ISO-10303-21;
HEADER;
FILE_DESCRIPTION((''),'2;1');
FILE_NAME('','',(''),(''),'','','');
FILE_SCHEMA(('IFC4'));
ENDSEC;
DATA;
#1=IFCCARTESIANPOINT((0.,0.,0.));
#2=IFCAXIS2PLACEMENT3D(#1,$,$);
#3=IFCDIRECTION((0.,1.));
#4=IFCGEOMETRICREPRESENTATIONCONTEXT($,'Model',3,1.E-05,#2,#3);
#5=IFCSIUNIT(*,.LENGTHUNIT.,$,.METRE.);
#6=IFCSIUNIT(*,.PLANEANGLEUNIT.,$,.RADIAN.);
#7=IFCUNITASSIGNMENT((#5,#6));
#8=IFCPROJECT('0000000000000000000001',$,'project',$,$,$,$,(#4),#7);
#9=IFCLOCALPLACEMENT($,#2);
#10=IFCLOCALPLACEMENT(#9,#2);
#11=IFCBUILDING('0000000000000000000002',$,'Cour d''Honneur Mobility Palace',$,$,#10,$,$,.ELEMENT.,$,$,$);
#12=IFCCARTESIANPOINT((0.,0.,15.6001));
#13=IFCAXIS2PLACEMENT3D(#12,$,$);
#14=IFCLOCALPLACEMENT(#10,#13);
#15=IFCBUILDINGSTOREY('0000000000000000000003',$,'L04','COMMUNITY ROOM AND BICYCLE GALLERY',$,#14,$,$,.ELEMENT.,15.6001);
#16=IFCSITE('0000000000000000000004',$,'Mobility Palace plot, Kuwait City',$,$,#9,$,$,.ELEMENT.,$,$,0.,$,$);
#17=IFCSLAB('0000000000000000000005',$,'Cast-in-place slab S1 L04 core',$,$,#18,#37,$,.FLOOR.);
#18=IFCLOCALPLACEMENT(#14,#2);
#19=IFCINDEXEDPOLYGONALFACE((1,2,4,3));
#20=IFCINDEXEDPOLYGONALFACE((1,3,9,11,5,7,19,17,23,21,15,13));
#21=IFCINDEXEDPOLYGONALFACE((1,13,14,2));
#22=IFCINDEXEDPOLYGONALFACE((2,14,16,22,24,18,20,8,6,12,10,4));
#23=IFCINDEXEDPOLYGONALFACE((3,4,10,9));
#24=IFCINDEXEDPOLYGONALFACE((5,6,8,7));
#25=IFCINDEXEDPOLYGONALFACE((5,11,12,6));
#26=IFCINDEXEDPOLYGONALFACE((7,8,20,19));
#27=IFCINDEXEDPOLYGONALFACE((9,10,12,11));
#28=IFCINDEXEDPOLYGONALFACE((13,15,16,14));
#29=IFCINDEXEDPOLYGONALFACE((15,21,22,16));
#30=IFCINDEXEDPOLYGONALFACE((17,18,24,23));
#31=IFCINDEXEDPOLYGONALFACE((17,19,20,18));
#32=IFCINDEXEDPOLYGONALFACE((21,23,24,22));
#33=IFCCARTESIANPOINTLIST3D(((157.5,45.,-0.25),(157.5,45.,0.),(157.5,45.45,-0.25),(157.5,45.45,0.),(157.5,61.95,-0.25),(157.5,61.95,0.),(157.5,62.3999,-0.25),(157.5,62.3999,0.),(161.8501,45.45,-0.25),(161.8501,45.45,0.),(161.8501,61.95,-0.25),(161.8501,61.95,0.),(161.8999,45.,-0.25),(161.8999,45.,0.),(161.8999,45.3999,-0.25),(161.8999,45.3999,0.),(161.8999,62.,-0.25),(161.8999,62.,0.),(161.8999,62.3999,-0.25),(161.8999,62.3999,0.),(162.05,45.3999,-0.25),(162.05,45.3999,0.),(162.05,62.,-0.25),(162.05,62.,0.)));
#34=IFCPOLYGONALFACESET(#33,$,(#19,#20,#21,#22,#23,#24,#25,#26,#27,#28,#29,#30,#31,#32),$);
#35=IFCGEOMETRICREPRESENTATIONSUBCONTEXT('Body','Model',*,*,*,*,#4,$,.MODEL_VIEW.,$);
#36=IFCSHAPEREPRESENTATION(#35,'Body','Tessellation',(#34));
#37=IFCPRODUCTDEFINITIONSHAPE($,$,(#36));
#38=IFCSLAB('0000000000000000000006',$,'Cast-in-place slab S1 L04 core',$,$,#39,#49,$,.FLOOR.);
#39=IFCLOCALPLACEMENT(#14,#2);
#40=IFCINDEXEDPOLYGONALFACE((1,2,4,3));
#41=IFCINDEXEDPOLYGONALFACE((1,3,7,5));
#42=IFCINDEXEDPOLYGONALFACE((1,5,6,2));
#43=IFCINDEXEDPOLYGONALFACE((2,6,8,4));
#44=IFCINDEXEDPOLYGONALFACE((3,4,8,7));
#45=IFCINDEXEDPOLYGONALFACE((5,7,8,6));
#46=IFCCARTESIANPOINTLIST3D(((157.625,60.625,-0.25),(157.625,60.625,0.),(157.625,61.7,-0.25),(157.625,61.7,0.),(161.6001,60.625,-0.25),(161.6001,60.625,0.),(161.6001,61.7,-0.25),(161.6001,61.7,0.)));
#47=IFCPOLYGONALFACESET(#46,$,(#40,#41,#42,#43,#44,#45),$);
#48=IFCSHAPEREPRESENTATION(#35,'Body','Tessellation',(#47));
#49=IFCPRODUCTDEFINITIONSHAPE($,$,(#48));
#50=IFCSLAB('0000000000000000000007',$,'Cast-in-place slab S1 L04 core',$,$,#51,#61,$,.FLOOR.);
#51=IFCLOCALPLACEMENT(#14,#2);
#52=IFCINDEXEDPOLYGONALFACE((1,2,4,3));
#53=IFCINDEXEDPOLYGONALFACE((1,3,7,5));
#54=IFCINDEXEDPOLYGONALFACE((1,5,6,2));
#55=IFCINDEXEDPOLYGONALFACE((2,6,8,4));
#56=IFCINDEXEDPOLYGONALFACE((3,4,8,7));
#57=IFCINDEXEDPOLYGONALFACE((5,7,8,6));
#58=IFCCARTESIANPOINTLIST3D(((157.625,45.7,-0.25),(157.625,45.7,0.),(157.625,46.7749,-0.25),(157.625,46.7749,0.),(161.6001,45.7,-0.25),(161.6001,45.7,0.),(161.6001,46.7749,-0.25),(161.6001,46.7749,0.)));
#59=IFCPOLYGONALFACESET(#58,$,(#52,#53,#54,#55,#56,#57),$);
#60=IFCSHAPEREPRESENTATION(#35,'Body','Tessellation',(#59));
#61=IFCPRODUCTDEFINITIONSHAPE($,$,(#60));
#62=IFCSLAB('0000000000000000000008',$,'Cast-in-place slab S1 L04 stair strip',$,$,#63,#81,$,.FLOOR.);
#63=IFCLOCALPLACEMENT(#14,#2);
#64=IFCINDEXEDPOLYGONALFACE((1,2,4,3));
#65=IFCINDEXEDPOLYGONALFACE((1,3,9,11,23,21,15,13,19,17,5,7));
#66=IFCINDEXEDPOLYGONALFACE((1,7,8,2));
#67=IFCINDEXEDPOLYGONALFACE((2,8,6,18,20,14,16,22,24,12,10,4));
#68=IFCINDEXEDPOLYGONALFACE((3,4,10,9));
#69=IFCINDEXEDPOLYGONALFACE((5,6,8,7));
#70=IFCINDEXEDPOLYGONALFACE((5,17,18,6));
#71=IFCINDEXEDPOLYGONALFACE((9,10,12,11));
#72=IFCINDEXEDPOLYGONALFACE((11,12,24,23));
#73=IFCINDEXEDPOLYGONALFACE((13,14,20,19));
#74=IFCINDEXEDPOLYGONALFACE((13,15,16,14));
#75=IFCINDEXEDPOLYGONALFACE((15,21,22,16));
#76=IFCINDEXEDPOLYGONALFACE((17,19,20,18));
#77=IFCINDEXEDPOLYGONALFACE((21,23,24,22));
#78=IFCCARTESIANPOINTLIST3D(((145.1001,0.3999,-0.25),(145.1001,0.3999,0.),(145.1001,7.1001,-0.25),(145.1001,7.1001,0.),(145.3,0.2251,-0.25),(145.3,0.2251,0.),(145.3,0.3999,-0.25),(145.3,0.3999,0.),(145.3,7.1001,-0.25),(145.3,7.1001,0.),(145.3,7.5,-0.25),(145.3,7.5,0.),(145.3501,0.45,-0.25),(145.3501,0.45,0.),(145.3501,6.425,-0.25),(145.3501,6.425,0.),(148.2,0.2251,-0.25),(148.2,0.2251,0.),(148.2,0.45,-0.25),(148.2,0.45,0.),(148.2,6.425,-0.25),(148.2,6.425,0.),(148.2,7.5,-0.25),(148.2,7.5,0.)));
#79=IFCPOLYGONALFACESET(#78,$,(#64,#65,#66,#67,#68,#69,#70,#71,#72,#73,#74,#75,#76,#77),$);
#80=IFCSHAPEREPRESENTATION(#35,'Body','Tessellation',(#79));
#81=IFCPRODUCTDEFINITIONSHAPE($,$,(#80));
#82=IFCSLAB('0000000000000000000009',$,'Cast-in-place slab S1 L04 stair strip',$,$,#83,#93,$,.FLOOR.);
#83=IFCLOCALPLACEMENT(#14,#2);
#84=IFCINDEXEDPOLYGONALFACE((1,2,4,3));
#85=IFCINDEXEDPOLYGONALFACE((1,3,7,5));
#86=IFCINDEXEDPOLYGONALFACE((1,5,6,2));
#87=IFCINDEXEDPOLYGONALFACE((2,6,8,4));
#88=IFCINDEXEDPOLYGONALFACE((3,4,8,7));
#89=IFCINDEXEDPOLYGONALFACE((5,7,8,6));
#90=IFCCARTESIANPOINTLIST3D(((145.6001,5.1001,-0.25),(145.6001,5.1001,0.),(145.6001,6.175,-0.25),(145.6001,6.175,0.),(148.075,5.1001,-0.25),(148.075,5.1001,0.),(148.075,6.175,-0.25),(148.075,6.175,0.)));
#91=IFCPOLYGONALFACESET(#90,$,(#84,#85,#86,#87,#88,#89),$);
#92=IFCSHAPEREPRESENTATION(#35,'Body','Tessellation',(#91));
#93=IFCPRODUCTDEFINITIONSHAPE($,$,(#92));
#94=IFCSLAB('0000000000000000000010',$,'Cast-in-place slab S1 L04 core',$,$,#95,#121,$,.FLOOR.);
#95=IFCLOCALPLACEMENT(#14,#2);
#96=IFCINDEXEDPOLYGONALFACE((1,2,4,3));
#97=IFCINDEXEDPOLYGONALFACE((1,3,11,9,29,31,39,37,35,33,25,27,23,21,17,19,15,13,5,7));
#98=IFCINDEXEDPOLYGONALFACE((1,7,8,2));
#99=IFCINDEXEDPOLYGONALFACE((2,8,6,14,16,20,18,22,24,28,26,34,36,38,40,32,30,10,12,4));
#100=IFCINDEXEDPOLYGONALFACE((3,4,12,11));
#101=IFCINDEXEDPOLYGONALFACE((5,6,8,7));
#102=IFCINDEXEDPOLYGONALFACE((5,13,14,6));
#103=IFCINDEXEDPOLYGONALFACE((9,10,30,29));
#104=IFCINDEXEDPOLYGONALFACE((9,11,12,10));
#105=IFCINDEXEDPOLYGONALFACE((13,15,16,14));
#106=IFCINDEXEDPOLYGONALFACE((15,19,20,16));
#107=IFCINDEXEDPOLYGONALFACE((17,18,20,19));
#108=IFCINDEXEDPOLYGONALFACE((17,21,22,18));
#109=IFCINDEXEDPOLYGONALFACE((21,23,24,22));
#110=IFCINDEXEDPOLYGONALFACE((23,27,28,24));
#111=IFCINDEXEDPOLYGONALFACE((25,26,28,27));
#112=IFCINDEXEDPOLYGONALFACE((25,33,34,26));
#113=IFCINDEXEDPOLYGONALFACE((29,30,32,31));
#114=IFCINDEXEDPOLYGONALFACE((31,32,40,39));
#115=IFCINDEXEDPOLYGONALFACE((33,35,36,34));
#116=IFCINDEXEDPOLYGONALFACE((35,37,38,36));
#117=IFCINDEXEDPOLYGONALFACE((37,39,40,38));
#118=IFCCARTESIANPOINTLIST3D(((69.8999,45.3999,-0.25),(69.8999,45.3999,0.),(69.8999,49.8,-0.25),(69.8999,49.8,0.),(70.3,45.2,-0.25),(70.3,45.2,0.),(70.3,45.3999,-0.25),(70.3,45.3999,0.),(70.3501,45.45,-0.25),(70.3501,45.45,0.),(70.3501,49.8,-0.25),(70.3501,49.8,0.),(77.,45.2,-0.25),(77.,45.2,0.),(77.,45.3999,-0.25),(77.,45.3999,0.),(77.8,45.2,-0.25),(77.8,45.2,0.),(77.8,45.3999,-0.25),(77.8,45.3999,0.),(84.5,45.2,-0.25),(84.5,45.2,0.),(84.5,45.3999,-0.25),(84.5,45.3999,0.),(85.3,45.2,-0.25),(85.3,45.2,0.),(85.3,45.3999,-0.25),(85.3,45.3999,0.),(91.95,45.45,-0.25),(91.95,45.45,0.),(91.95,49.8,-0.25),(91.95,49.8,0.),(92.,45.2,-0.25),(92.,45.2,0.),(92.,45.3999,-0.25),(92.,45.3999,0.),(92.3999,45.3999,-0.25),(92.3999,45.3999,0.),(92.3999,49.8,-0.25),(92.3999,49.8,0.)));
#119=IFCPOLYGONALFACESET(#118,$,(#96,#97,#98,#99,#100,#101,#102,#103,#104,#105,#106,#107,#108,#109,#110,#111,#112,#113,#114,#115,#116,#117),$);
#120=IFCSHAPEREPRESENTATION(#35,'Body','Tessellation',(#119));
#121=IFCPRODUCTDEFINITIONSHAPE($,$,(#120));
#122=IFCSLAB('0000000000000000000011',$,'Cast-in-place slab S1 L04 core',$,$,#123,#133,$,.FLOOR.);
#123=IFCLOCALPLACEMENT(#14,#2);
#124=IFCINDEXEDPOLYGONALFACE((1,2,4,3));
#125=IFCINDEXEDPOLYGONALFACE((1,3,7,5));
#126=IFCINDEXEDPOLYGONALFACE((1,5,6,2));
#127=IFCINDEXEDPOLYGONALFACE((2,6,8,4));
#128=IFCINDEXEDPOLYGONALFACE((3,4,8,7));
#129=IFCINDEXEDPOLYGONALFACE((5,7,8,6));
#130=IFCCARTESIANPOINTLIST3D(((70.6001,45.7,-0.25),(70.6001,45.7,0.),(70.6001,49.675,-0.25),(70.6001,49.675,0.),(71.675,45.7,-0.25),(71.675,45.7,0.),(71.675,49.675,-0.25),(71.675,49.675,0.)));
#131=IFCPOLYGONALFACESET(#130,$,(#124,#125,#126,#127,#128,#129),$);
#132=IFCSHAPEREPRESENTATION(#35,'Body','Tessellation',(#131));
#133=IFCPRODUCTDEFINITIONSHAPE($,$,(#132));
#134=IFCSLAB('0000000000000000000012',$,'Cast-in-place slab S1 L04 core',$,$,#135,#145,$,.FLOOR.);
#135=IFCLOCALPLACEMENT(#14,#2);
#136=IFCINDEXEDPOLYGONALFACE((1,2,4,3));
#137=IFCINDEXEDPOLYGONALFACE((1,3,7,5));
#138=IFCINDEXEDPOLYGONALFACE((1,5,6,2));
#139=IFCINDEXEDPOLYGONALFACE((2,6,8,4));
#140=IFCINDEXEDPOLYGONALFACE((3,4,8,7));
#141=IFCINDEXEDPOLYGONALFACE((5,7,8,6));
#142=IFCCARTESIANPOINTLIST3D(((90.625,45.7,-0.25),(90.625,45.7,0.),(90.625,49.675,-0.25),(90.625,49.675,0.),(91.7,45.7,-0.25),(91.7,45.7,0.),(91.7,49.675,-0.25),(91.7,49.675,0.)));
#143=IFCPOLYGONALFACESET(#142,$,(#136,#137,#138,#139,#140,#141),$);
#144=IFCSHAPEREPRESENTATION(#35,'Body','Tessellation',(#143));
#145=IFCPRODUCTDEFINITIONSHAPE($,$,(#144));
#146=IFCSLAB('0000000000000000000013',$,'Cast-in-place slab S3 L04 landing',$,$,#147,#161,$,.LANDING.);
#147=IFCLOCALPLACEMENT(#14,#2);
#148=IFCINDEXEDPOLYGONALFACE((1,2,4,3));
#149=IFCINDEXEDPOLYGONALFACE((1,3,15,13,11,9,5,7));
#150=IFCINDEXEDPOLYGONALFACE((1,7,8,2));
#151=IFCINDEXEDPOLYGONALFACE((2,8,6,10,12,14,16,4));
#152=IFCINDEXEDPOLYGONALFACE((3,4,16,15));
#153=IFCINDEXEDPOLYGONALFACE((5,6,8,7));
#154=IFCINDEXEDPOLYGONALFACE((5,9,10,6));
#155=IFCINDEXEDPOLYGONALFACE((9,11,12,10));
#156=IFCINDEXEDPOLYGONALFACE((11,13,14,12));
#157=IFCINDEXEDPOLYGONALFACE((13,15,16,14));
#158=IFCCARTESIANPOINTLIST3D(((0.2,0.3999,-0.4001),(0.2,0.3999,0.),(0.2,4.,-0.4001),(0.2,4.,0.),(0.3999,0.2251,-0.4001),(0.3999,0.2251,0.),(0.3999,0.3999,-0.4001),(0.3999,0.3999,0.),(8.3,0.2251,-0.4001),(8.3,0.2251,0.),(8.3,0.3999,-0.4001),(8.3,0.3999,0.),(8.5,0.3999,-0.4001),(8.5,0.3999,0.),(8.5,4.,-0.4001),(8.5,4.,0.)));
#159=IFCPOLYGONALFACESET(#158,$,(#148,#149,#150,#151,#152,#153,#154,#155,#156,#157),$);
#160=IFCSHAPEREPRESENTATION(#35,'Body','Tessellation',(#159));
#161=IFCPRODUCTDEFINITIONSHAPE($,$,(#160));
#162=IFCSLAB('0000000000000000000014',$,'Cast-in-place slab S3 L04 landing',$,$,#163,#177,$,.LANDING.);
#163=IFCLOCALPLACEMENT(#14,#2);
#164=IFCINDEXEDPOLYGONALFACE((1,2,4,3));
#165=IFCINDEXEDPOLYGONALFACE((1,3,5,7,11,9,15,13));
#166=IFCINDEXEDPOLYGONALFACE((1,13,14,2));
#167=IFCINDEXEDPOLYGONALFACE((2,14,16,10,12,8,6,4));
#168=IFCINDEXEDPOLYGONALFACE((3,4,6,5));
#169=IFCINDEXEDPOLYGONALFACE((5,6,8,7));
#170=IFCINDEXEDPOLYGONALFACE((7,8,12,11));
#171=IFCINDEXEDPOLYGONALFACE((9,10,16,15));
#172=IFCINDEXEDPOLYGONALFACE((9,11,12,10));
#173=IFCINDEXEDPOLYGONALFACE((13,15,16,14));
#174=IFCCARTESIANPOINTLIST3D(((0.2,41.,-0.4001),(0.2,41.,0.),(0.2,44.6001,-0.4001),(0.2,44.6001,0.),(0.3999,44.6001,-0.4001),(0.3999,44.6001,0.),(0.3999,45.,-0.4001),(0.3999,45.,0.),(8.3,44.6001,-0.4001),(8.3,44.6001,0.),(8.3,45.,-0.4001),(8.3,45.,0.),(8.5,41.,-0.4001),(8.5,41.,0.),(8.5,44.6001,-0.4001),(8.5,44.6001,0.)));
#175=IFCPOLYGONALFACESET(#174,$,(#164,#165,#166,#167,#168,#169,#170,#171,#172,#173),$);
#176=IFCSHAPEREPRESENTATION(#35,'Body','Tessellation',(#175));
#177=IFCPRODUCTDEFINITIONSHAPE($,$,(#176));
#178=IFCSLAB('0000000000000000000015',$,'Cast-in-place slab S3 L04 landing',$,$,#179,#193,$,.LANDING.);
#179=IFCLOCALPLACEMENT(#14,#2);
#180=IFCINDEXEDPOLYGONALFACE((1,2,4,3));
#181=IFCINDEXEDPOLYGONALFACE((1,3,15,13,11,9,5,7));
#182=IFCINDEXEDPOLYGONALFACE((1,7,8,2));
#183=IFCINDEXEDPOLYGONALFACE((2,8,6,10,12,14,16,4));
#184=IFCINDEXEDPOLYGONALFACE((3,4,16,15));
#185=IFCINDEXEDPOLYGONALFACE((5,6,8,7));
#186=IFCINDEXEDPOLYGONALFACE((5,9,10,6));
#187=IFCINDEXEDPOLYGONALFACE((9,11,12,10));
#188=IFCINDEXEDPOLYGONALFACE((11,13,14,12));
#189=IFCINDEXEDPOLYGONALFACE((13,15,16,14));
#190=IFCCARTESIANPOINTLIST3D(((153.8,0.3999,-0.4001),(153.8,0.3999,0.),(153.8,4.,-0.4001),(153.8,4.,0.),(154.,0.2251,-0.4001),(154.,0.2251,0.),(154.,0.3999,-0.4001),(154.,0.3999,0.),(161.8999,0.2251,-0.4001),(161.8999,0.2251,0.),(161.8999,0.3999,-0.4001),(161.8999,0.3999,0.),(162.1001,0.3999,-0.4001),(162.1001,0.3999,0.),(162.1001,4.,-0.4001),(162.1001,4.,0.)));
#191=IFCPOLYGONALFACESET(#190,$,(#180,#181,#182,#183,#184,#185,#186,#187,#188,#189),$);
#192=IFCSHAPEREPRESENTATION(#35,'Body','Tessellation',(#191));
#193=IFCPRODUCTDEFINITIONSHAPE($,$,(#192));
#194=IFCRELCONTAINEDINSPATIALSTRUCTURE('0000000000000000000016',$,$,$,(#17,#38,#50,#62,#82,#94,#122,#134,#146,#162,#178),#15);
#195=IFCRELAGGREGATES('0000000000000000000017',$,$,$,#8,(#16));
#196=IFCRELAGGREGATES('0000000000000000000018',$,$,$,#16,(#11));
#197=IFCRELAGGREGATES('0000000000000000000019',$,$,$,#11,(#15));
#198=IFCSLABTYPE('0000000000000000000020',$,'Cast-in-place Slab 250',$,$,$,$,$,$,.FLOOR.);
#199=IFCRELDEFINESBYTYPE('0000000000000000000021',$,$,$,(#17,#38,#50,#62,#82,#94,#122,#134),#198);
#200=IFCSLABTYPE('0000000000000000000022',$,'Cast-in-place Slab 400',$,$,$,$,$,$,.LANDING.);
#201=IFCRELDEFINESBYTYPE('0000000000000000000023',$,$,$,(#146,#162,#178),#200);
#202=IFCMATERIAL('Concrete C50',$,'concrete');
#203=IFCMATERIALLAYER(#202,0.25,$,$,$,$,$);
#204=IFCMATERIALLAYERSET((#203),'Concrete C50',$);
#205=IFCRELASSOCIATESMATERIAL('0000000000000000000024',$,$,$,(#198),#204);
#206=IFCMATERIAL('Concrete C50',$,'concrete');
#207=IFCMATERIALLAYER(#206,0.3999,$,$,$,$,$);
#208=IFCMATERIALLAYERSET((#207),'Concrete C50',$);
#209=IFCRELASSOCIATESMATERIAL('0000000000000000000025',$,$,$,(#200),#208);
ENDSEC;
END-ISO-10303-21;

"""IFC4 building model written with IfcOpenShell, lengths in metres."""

from ifc_helpers import new_model, si_unit, direction, frame, origin, place, context, subcontext, project, spatial, polyline, outline, extrude, material, layer, layer_set, type_object, element, save


model = new_model("IFC4")

# Units and contexts
model_context = context("Model", 3, precision=1e-05, world=origin(), true_north=direction((0.0, 1.0)))
body_context = subcontext(model_context, "Body", "Model", "MODEL_VIEW")
ifc_project = project(units=[si_unit("LENGTHUNIT", "METRE"), si_unit("PLANEANGLEUNIT", "RADIAN")], contexts=[model_context])

# Site, building, storey
site_placement = place(None, origin())
site = spatial("IfcSite", under=ifc_project, at=site_placement, Name="Mobility Palace plot, Kuwait City", CompositionType="ELEMENT", RefElevation=0.0)
building_placement = place(site_placement, origin())
building = spatial("IfcBuilding", under=site, at=building_placement, Name="Cour d'Honneur Mobility Palace", CompositionType="ELEMENT")
storey_placement = place(building_placement, frame((0.0, 0.0, 15.6001)))
storey = spatial("IfcBuildingStorey", under=building, at=storey_placement, Name="L04", Description="COMMUNITY ROOM AND BICYCLE GALLERY", CompositionType="ELEMENT", Elevation=15.6001)

# Slabs
ifc_material_1 = material(Name="Concrete C50", Category="concrete")
ifc_layer_1 = layer(ifc_material_1, 0.25)
ifc_layer_set_1 = layer_set([ifc_layer_1], Name="Concrete C50")
slab_type_1 = type_object("IfcSlabType", Name="Cast-in-place Slab 250", PredefinedType="FLOOR", material=ifc_layer_set_1)
slab_1_placement = place(storey_placement, frame((0.0, 0.0, -0.25)))
element("IfcSlab", 1, at=slab_1_placement, inside=storey, type_object=slab_type_1, Name="Cast-in-place slab S1 L04 core", PredefinedType="FLOOR", context=body_context, shape_type="SweptSolid", body=[
    extrude(outline(polyline([(161.8999, 62.0), (162.05, 62.0), (162.05, 45.3999), (161.8999, 45.3999), (161.8999, 45.0), (157.5, 45.0), (157.5, 45.45), (161.8501, 45.45), (161.8501, 61.95), (157.5, 61.95), (157.5, 62.3999), (161.8999, 62.3999), (161.8999, 62.0)])), origin(), (0.0, 0.0, 1.0), 0.25),
])
slab_2_placement = place(storey_placement, frame((0.0, 0.0, -0.25)))
element("IfcSlab", 2, at=slab_2_placement, inside=storey, type_object=slab_type_1, Name="Cast-in-place slab S1 L04 core", PredefinedType="FLOOR", context=body_context, shape_type="SweptSolid", body=[
    extrude(outline(polyline([(161.6001, 61.7), (161.6001, 60.625), (157.625, 60.625), (157.625, 61.7), (161.6001, 61.7)])), origin(), (0.0, 0.0, 1.0), 0.25),
])
slab_3_placement = place(storey_placement, frame((0.0, 0.0, -0.25)))
element("IfcSlab", 3, at=slab_3_placement, inside=storey, type_object=slab_type_1, Name="Cast-in-place slab S1 L04 core", PredefinedType="FLOOR", context=body_context, shape_type="SweptSolid", body=[
    extrude(outline(polyline([(157.625, 46.7749), (161.6001, 46.7749), (161.6001, 45.7), (157.625, 45.7), (157.625, 46.7749)])), origin(), (0.0, 0.0, 1.0), 0.25),
])
slab_4_placement = place(storey_placement, frame((0.0, 0.0, -0.25)))
element("IfcSlab", 4, at=slab_4_placement, inside=storey, type_object=slab_type_1, Name="Cast-in-place slab S1 L04 stair strip", PredefinedType="FLOOR", context=body_context, shape_type="SweptSolid", body=[
    extrude(outline(polyline([(145.3, 0.3999), (145.1001, 0.3999), (145.1001, 7.1001), (145.3, 7.1001), (145.3, 7.5), (148.2, 7.5), (148.2, 6.425), (145.3501, 6.425), (145.3501, 0.45), (148.2, 0.45), (148.2, 0.2251), (145.3, 0.2251), (145.3, 0.3999)])), origin(), (0.0, 0.0, 1.0), 0.25),
])
slab_5_placement = place(storey_placement, frame((0.0, 0.0, -0.25)))
element("IfcSlab", 5, at=slab_5_placement, inside=storey, type_object=slab_type_1, Name="Cast-in-place slab S1 L04 stair strip", PredefinedType="FLOOR", context=body_context, shape_type="SweptSolid", body=[
    extrude(outline(polyline([(145.6001, 5.1001), (145.6001, 6.175), (148.075, 6.175), (148.075, 5.1001), (145.6001, 5.1001)])), origin(), (0.0, 0.0, 1.0), 0.25),
])
slab_6_placement = place(storey_placement, frame((0.0, 0.0, -0.25)))
element("IfcSlab", 6, at=slab_6_placement, inside=storey, type_object=slab_type_1, Name="Cast-in-place slab S1 L04 core", PredefinedType="FLOOR", context=body_context, shape_type="SweptSolid", body=[
    extrude(outline(polyline([(92.0, 45.3999), (92.0, 45.2), (85.3, 45.2), (85.3, 45.3999), (84.5, 45.3999), (84.5, 45.2), (77.8, 45.2), (77.8, 45.3999), (77.0, 45.3999), (77.0, 45.2), (70.3, 45.2), (70.3, 45.3999), (69.8999, 45.3999), (69.8999, 49.8), (70.3501, 49.8), (70.3501, 45.45), (91.95, 45.45), (91.95, 49.8), (92.3999, 49.8), (92.3999, 45.3999), (92.0, 45.3999)])), origin(), (0.0, 0.0, 1.0), 0.25),
])
slab_7_placement = place(storey_placement, frame((0.0, 0.0, -0.25)))
element("IfcSlab", 7, at=slab_7_placement, inside=storey, type_object=slab_type_1, Name="Cast-in-place slab S1 L04 core", PredefinedType="FLOOR", context=body_context, shape_type="SweptSolid", body=[
    extrude(outline(polyline([(71.675, 49.675), (71.675, 45.7), (70.6001, 45.7), (70.6001, 49.675), (71.675, 49.675)])), origin(), (0.0, 0.0, 1.0), 0.25),
])
slab_8_placement = place(storey_placement, frame((0.0, 0.0, -0.25)))
element("IfcSlab", 8, at=slab_8_placement, inside=storey, type_object=slab_type_1, Name="Cast-in-place slab S1 L04 core", PredefinedType="FLOOR", context=body_context, shape_type="SweptSolid", body=[
    extrude(outline(polyline([(91.7, 45.7), (90.625, 45.7), (90.625, 49.675), (91.7, 49.675), (91.7, 45.7)])), origin(), (0.0, 0.0, 1.0), 0.25),
])
ifc_material_2 = material(Name="Concrete C50", Category="concrete")
ifc_layer_2 = layer(ifc_material_2, 0.3999)
ifc_layer_set_2 = layer_set([ifc_layer_2], Name="Concrete C50")
slab_type_2 = type_object("IfcSlabType", Name="Cast-in-place Slab 400", PredefinedType="LANDING", material=ifc_layer_set_2)
slab_9_placement = place(storey_placement, frame((0.0, 0.0, -0.4001)))
element("IfcSlab", 9, at=slab_9_placement, inside=storey, type_object=slab_type_2, Name="Cast-in-place slab S3 L04 landing", PredefinedType="LANDING", context=body_context, shape_type="SweptSolid", body=[
    extrude(outline(polyline([(8.3, 0.3999), (8.3, 0.2251), (0.3999, 0.2251), (0.3999, 0.3999), (0.2, 0.3999), (0.2, 4.0), (8.5, 4.0), (8.5, 0.3999), (8.3, 0.3999)])), origin(), (0.0, 0.0, 1.0), 0.4001),
])
slab_10_placement = place(storey_placement, frame((0.0, 0.0, -0.4001)))
element("IfcSlab", 10, at=slab_10_placement, inside=storey, type_object=slab_type_2, Name="Cast-in-place slab S3 L04 landing", PredefinedType="LANDING", context=body_context, shape_type="SweptSolid", body=[
    extrude(outline(polyline([(8.5, 44.6001), (8.5, 41.0), (0.2, 41.0), (0.2, 44.6001), (0.3999, 44.6001), (0.3999, 45.0), (8.3, 45.0), (8.3, 44.6001), (8.5, 44.6001)])), origin(), (0.0, 0.0, 1.0), 0.4001),
])
slab_11_placement = place(storey_placement, frame((0.0, 0.0, -0.4001)))
element("IfcSlab", 11, at=slab_11_placement, inside=storey, type_object=slab_type_2, Name="Cast-in-place slab S3 L04 landing", PredefinedType="LANDING", context=body_context, shape_type="SweptSolid", body=[
    extrude(outline(polyline([(161.8999, 0.3999), (161.8999, 0.2251), (154.0, 0.2251), (154.0, 0.3999), (153.8, 0.3999), (153.8, 4.0), (162.1001, 4.0), (162.1001, 0.3999), (161.8999, 0.3999)])), origin(), (0.0, 0.0, 1.0), 0.4001),
])

save(model, "model.ifc")
